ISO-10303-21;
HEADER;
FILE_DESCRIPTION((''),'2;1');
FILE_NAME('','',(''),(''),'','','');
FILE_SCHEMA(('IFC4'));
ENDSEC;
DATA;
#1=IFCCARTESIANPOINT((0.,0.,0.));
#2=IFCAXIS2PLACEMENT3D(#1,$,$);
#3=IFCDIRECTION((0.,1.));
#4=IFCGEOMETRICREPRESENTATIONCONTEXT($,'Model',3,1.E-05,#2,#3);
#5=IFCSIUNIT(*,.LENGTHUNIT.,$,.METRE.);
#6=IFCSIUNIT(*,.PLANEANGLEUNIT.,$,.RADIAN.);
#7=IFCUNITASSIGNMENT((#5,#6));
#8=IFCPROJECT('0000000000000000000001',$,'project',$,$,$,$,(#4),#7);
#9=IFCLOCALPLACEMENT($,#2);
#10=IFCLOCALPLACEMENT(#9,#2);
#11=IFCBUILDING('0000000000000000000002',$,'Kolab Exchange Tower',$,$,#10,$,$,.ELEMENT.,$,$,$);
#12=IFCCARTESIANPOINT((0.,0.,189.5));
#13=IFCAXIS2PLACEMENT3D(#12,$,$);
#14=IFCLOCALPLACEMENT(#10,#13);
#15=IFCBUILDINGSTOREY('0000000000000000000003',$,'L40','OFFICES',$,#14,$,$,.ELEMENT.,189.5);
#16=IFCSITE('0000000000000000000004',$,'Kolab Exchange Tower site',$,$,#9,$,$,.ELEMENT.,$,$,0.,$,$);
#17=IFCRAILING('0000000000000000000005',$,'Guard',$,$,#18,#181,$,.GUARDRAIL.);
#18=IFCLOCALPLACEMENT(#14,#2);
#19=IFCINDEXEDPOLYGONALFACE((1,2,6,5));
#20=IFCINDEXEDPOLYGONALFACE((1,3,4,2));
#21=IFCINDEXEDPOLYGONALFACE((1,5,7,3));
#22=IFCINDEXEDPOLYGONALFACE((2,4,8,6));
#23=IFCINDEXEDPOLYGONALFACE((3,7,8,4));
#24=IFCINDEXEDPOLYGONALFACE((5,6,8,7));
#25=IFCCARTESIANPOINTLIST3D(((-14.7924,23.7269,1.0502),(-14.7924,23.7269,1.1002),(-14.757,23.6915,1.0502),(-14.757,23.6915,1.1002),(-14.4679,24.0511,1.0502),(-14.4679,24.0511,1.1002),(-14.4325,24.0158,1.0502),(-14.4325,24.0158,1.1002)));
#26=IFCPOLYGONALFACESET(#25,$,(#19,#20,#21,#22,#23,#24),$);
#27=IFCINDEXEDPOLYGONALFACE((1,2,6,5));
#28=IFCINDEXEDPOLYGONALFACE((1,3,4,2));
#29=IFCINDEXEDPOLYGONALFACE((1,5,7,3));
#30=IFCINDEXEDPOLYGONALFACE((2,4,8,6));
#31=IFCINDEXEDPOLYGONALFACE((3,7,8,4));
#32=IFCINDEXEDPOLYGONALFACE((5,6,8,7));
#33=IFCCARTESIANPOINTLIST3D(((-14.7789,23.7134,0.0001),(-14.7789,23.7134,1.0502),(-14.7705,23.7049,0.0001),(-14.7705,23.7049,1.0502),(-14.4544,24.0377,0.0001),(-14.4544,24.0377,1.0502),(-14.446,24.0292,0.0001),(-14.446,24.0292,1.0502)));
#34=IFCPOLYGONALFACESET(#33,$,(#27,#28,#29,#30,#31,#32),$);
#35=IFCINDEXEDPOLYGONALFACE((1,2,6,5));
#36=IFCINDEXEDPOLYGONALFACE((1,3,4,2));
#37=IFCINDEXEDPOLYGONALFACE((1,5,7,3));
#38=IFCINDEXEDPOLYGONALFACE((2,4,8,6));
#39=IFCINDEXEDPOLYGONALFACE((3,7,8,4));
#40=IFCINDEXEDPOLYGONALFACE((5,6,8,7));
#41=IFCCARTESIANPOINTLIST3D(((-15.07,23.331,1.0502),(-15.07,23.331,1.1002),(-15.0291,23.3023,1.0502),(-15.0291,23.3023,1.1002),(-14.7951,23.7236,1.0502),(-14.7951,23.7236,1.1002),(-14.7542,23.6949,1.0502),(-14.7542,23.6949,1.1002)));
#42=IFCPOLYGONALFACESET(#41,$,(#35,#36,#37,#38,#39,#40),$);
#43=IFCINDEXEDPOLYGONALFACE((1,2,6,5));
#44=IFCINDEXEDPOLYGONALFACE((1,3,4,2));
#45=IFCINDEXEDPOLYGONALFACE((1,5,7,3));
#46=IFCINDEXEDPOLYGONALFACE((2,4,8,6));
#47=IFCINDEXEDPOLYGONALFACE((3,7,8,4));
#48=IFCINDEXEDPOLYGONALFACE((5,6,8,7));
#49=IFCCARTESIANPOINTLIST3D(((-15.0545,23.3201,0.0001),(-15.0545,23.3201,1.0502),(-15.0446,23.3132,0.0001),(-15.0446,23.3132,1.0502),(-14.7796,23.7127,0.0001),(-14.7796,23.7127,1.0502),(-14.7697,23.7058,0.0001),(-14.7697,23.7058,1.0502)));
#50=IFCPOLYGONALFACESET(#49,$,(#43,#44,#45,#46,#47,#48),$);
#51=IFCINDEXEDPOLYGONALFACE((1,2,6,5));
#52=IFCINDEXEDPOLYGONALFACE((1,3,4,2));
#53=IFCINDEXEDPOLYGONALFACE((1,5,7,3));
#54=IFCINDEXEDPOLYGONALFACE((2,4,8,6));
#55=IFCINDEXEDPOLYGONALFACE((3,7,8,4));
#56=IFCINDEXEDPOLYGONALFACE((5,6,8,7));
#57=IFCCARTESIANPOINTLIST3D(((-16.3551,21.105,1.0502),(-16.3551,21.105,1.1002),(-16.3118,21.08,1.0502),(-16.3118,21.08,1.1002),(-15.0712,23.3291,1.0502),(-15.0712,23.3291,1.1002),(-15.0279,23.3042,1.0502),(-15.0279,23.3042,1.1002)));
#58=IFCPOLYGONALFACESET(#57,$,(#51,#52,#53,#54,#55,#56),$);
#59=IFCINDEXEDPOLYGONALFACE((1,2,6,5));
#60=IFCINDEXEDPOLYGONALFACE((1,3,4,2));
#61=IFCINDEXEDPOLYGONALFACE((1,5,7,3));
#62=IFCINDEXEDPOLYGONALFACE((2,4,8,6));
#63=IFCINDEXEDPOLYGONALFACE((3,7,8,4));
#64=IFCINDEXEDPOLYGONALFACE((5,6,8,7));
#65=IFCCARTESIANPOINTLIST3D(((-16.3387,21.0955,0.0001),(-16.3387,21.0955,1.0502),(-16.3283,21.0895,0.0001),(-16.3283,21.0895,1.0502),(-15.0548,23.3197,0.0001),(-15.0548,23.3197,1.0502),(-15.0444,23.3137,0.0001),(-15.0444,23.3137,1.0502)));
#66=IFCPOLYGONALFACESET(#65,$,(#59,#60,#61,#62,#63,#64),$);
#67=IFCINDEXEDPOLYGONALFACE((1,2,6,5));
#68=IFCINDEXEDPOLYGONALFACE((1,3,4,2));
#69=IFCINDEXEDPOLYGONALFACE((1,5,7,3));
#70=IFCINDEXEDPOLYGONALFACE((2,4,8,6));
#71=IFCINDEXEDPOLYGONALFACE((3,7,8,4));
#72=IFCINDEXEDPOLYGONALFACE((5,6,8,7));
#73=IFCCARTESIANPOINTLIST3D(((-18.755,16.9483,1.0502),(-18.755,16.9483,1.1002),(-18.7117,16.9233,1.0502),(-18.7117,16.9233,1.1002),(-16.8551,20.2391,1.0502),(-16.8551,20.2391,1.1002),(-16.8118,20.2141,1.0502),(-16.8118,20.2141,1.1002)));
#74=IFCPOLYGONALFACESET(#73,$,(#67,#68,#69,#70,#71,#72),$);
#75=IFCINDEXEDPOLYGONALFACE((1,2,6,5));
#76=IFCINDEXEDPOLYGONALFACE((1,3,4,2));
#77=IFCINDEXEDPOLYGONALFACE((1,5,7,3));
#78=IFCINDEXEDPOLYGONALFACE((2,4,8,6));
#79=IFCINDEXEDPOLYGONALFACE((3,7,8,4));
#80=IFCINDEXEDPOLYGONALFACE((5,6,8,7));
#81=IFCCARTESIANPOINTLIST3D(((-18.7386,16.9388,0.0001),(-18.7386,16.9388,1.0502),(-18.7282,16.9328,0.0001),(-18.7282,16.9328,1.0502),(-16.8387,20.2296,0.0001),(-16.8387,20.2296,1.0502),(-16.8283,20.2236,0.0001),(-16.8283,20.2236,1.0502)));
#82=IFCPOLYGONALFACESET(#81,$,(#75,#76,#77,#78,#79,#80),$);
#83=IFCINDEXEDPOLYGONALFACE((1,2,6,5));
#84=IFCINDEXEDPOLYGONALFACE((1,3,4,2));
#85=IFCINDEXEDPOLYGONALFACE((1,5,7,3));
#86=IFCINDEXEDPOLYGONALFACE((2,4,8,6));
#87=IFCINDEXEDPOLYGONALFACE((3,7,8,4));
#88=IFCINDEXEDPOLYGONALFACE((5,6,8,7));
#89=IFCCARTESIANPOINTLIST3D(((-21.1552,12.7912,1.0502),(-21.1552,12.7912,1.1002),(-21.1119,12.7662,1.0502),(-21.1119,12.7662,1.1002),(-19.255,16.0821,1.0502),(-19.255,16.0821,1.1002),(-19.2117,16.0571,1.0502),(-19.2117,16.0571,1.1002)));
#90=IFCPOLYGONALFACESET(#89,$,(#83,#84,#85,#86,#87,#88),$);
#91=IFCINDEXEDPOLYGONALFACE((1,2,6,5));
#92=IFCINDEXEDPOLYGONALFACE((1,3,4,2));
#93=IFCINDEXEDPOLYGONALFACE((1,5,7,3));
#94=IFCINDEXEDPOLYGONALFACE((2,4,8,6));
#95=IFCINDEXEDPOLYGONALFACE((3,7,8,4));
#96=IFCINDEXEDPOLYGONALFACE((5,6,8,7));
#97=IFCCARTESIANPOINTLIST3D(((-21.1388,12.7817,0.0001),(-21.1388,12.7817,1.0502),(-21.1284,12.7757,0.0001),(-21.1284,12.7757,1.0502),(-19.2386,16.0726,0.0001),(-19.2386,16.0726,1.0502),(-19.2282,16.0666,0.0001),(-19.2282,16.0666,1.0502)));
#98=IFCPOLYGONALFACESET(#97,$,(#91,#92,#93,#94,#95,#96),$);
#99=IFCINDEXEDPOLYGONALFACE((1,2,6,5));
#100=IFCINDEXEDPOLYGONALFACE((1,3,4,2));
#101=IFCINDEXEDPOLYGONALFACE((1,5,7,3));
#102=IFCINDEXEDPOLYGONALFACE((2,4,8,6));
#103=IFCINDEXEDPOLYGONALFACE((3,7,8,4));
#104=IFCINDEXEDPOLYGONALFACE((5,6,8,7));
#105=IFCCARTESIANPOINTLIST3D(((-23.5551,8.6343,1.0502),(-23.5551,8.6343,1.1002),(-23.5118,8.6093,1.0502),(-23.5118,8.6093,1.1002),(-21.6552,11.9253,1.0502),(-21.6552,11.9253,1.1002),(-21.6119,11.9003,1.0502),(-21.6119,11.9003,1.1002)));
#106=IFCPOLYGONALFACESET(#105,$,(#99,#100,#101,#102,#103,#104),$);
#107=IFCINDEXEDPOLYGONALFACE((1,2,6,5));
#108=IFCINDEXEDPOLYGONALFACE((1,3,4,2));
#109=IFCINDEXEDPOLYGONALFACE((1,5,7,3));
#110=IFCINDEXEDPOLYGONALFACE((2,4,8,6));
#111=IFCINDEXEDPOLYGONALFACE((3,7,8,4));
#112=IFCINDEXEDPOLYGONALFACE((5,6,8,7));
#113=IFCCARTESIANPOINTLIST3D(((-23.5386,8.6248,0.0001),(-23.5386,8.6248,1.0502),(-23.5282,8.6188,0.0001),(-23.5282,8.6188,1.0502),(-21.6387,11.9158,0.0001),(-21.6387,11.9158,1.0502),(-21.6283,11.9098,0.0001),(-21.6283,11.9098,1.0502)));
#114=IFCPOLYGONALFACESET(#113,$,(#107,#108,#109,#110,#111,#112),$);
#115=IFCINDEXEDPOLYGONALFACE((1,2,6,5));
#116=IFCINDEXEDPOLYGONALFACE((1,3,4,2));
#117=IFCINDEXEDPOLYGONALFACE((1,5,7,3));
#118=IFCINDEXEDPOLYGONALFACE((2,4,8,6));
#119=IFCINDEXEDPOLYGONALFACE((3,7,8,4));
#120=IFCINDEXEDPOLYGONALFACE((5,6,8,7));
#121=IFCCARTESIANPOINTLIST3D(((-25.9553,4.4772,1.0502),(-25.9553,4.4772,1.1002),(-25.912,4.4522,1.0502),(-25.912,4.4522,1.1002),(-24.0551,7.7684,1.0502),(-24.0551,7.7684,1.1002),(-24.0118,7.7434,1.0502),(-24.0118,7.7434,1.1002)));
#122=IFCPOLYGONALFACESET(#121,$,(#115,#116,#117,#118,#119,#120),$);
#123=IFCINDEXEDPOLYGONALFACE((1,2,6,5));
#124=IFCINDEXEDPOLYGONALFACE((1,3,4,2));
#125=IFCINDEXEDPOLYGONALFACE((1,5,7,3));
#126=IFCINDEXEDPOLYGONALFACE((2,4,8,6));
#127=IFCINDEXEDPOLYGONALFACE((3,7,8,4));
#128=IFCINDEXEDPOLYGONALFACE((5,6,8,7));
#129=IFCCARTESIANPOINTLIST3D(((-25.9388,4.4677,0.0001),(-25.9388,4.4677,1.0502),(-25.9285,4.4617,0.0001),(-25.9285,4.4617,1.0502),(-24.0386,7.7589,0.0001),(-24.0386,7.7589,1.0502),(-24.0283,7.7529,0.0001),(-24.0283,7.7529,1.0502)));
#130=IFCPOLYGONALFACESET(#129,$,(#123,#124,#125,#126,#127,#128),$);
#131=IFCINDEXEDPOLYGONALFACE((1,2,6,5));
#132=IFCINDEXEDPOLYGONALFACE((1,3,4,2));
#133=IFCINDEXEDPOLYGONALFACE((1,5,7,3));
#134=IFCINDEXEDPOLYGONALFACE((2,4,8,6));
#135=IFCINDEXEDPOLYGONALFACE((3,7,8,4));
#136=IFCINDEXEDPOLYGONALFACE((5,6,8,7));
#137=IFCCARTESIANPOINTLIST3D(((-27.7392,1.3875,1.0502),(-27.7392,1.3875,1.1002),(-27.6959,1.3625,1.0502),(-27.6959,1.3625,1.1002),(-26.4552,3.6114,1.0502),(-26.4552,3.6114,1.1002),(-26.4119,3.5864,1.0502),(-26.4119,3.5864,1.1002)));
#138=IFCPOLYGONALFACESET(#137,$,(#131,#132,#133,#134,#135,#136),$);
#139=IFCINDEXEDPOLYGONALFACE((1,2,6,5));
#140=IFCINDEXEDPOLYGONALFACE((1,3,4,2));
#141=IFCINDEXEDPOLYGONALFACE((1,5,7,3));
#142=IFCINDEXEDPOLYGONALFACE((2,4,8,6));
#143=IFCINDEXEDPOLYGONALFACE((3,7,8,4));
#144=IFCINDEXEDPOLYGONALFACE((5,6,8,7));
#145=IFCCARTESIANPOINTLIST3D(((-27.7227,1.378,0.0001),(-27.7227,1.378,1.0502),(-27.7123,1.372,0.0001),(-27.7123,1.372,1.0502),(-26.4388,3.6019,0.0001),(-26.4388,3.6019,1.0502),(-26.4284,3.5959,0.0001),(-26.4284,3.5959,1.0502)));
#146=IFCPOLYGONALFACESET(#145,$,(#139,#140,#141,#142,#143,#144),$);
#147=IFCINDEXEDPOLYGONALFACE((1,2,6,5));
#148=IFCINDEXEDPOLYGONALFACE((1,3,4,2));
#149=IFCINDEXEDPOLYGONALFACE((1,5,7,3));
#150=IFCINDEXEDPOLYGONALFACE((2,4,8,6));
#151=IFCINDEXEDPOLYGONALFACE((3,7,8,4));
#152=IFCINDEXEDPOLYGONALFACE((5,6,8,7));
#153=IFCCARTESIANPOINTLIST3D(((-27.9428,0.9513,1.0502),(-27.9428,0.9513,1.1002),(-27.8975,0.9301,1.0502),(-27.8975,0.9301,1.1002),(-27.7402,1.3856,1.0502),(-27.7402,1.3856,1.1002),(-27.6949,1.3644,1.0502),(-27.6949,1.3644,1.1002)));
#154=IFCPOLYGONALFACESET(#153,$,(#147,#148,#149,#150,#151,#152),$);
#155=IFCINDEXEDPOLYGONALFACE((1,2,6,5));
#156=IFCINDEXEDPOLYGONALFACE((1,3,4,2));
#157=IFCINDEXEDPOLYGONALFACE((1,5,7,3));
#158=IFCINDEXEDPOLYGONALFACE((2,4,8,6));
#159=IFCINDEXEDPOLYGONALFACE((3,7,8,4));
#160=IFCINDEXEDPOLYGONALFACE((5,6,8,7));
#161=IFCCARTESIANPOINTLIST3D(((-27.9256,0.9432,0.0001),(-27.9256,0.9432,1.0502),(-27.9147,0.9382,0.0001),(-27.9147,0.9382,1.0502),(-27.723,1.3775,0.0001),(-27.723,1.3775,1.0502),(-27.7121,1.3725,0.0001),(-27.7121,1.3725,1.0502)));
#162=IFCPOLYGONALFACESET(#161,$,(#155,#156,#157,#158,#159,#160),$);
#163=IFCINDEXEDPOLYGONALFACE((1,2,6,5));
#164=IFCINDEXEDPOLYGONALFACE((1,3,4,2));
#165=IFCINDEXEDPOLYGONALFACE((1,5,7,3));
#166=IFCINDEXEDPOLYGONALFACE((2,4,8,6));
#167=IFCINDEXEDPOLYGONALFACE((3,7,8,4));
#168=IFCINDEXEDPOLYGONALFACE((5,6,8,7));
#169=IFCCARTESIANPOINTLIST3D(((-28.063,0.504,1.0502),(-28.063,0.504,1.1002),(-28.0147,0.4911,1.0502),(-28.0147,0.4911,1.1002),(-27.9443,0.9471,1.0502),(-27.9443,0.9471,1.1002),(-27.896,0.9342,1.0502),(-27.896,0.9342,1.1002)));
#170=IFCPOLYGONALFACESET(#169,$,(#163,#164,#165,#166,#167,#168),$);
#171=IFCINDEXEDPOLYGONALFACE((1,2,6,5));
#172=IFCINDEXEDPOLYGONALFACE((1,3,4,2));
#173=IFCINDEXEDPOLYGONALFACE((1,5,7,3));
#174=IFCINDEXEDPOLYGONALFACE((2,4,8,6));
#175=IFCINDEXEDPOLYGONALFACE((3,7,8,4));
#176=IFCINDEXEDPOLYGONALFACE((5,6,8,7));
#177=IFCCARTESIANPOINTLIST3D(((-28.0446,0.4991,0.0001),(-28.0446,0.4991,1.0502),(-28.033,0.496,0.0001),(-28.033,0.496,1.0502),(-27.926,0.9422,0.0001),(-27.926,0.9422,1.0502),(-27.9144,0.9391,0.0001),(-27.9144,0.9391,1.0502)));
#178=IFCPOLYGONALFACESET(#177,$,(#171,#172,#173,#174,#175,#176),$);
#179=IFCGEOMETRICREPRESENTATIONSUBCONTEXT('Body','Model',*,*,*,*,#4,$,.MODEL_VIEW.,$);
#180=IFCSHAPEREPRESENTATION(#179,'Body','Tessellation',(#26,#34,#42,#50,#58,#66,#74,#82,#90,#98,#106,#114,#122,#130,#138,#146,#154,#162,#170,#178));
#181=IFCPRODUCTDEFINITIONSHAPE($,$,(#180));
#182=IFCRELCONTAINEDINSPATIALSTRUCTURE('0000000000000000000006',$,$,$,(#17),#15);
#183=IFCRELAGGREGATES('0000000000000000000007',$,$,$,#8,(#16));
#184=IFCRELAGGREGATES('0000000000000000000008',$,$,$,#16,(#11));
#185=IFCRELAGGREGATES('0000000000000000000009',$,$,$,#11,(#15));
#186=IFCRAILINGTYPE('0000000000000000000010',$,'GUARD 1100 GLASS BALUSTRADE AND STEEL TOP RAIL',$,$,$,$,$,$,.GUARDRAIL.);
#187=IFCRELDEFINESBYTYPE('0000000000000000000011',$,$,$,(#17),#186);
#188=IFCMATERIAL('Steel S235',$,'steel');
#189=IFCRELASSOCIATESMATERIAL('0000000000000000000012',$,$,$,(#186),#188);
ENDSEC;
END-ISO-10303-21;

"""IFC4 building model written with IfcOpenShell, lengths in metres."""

from ifc_helpers import new_model, si_unit, direction, frame, frame_2d, origin, origin_2d, place, context, subcontext, project, spatial, rectangle, extrude, material, type_object, element, save


model = new_model("IFC4")

# Units and contexts
model_context = context("Model", 3, precision=1e-05, world=origin(), true_north=direction((0.0, 1.0)))
body_context = subcontext(model_context, "Body", "Model", "MODEL_VIEW")
ifc_project = project(units=[si_unit("LENGTHUNIT", "METRE"), si_unit("PLANEANGLEUNIT", "RADIAN")], contexts=[model_context])

# Site, building, storey
site_placement = place(None, origin())
site = spatial("IfcSite", under=ifc_project, at=site_placement, Name="Kolab Exchange Tower site", CompositionType="ELEMENT", RefElevation=0.0)
building_placement = place(site_placement, origin())
building = spatial("IfcBuilding", under=site, at=building_placement, Name="Kolab Exchange Tower", CompositionType="ELEMENT")
storey_placement = place(building_placement, frame((0.0, 0.0, 189.5)))
storey = spatial("IfcBuildingStorey", under=building, at=storey_placement, Name="L40", Description="OFFICES", CompositionType="ELEMENT", Elevation=189.5)

# Shared definitions
ifc_material_1 = material(Name="Steel S235", Category="steel")

# Railing
railing_type = type_object("IfcRailingType", Name="GUARD 1100 GLASS BALUSTRADE AND STEEL TOP RAIL", PredefinedType="GUARDRAIL", material=ifc_material_1)
railing_placement = place(storey_placement, frame((-14.4502, 24.0334, 0.0)))
element("IfcRailing", 1, at=railing_placement, inside=storey, type_object=railing_type, Name="Guard", PredefinedType="GUARDRAIL", context=body_context, shape_type="SweptSolid", body=[
    extrude(rectangle(XDim=0.05, YDim=0.05, at=origin_2d()), frame((0.0, 0.0, 1.0752), z_axis=(-0.707373, -0.706841, 0.0), x_axis=(0.706841, -0.707373, 0.0)), (0.0, 0.0, 1.0), 0.4587),
    extrude(rectangle(XDim=0.012, YDim=1.0501, at=frame_2d((0.0, 0.5251))), frame((0.0, 0.0, 0.0), z_axis=(-0.707373, -0.706841, 0.0), x_axis=(0.706841, -0.707373, 0.0)), (0.0, 0.0, 1.0), 0.4587),
    extrude(rectangle(XDim=0.05, YDim=0.05, at=origin_2d()), frame((-0.3245, -0.3242, 1.0752), z_axis=(-0.573599, -0.819136, 0.0), x_axis=(0.819136, -0.573599, 0.0)), (0.0, 0.0, 1.0), 0.4792),
    extrude(rectangle(XDim=0.012, YDim=1.0501, at=frame_2d((0.0, 0.5251))), frame((-0.3245, -0.3242, 0.0), z_axis=(-0.573599, -0.819136, 0.0), x_axis=(0.819136, -0.573599, 0.0)), (0.0, 0.0, 1.0), 0.4792),
    extrude(rectangle(XDim=0.05, YDim=0.05, at=origin_2d()), frame((-0.5994, -0.7168, 1.0752), z_axis=(-0.499953, -0.866053, 0.0), x_axis=(0.866053, -0.499953, 0.0)), (0.0, 0.0, 1.0), 2.5681),
    extrude(rectangle(XDim=0.012, YDim=1.0501, at=frame_2d((0.0, 0.5251))), frame((-0.5994, -0.7168, 0.0), z_axis=(-0.499953, -0.866053, 0.0), x_axis=(0.866053, -0.499953, 0.0)), (0.0, 0.0, 1.0), 2.5681),
    extrude(rectangle(XDim=0.05, YDim=0.05, at=origin_2d()), frame((-2.3833, -3.8069, 1.0752), z_axis=(-0.499995, -0.866028, 0.0), x_axis=(0.866028, -0.499995, 0.0)), (0.0, 0.0, 1.0), 3.7998),
    extrude(rectangle(XDim=0.012, YDim=1.0501, at=frame_2d((0.0, 0.5251))), frame((-2.3833, -3.8069, 0.0), z_axis=(-0.499995, -0.866028, 0.0), x_axis=(0.866028, -0.499995, 0.0)), (0.0, 0.0, 1.0), 3.7998),
    extrude(rectangle(XDim=0.05, YDim=0.05, at=origin_2d()), frame((-4.7832, -7.9639, 1.0752), z_axis=(-0.500043, -0.866, 0.0), x_axis=(0.866, -0.500043, 0.0)), (0.0, 0.0, 1.0), 3.8),
    extrude(rectangle(XDim=0.012, YDim=1.0501, at=frame_2d((0.0, 0.5251))), frame((-4.7832, -7.9639, 0.0), z_axis=(-0.500043, -0.866, 0.0), x_axis=(0.866, -0.500043, 0.0)), (0.0, 0.0, 1.0), 3.8),
    extrude(rectangle(XDim=0.05, YDim=0.05, at=origin_2d()), frame((-7.1833, -12.1206, 1.0752), z_axis=(-0.499967, -0.866044, 0.0), x_axis=(0.866044, -0.499967, 0.0)), (0.0, 0.0, 1.0), 3.8),
    extrude(rectangle(XDim=0.012, YDim=1.0501, at=frame_2d((0.0, 0.5251))), frame((-7.1833, -12.1206, 0.0), z_axis=(-0.499967, -0.866044, 0.0), x_axis=(0.866044, -0.499967, 0.0)), (0.0, 0.0, 1.0), 3.8),
    extrude(rectangle(XDim=0.05, YDim=0.05, at=origin_2d()), frame((-9.5833, -16.2776, 1.0752), z_axis=(-0.500015, -0.866017, 0.0), x_axis=(0.866017, -0.500015, 0.0)), (0.0, 0.0, 1.0), 3.8003),
    extrude(rectangle(XDim=0.012, YDim=1.0501, at=frame_2d((0.0, 0.5251))), frame((-9.5833, -16.2776, 0.0), z_axis=(-0.500015, -0.866017, 0.0), x_axis=(0.866017, -0.500015, 0.0)), (0.0, 0.0, 1.0), 3.8003),
    extrude(rectangle(XDim=0.05, YDim=0.05, at=origin_2d()), frame((-11.9834, -20.4346, 1.0752), z_axis=(-0.499994, -0.866029, 0.0), x_axis=(0.866029, -0.499994, 0.0)), (0.0, 0.0, 1.0), 2.5679),
    extrude(rectangle(XDim=0.012, YDim=1.0501, at=frame_2d((0.0, 0.5251))), frame((-11.9834, -20.4346, 0.0), z_axis=(-0.499994, -0.866029, 0.0), x_axis=(0.866029, -0.499994, 0.0)), (0.0, 0.0, 1.0), 2.5679),
    extrude(rectangle(XDim=0.05, YDim=0.05, at=origin_2d()), frame((-13.2673, -22.6584, 1.0752), z_axis=(-0.422802, -0.906222, 0.0), x_axis=(0.906222, -0.422802, 0.0)), (0.0, 0.0, 1.0), 0.4792),
    extrude(rectangle(XDim=0.012, YDim=1.0501, at=frame_2d((0.0, 0.5251))), frame((-13.2673, -22.6584, 0.0), z_axis=(-0.422802, -0.906222, 0.0), x_axis=(0.906222, -0.422802, 0.0)), (0.0, 0.0, 1.0), 0.4792),
    extrude(rectangle(XDim=0.05, YDim=0.05, at=origin_2d()), frame((-13.47, -23.0928, 1.0752), z_axis=(-0.258656, -0.965969, 0.0), x_axis=(0.965969, -0.258656, 0.0)), (0.0, 0.0, 1.0), 0.4587),
    extrude(rectangle(XDim=0.012, YDim=1.0501, at=frame_2d((0.0, 0.5251))), frame((-13.47, -23.0928, 0.0), z_axis=(-0.258656, -0.965969, 0.0), x_axis=(0.965969, -0.258656, 0.0)), (0.0, 0.0, 1.0), 0.4587),
])

save(model, "model.ifc")
